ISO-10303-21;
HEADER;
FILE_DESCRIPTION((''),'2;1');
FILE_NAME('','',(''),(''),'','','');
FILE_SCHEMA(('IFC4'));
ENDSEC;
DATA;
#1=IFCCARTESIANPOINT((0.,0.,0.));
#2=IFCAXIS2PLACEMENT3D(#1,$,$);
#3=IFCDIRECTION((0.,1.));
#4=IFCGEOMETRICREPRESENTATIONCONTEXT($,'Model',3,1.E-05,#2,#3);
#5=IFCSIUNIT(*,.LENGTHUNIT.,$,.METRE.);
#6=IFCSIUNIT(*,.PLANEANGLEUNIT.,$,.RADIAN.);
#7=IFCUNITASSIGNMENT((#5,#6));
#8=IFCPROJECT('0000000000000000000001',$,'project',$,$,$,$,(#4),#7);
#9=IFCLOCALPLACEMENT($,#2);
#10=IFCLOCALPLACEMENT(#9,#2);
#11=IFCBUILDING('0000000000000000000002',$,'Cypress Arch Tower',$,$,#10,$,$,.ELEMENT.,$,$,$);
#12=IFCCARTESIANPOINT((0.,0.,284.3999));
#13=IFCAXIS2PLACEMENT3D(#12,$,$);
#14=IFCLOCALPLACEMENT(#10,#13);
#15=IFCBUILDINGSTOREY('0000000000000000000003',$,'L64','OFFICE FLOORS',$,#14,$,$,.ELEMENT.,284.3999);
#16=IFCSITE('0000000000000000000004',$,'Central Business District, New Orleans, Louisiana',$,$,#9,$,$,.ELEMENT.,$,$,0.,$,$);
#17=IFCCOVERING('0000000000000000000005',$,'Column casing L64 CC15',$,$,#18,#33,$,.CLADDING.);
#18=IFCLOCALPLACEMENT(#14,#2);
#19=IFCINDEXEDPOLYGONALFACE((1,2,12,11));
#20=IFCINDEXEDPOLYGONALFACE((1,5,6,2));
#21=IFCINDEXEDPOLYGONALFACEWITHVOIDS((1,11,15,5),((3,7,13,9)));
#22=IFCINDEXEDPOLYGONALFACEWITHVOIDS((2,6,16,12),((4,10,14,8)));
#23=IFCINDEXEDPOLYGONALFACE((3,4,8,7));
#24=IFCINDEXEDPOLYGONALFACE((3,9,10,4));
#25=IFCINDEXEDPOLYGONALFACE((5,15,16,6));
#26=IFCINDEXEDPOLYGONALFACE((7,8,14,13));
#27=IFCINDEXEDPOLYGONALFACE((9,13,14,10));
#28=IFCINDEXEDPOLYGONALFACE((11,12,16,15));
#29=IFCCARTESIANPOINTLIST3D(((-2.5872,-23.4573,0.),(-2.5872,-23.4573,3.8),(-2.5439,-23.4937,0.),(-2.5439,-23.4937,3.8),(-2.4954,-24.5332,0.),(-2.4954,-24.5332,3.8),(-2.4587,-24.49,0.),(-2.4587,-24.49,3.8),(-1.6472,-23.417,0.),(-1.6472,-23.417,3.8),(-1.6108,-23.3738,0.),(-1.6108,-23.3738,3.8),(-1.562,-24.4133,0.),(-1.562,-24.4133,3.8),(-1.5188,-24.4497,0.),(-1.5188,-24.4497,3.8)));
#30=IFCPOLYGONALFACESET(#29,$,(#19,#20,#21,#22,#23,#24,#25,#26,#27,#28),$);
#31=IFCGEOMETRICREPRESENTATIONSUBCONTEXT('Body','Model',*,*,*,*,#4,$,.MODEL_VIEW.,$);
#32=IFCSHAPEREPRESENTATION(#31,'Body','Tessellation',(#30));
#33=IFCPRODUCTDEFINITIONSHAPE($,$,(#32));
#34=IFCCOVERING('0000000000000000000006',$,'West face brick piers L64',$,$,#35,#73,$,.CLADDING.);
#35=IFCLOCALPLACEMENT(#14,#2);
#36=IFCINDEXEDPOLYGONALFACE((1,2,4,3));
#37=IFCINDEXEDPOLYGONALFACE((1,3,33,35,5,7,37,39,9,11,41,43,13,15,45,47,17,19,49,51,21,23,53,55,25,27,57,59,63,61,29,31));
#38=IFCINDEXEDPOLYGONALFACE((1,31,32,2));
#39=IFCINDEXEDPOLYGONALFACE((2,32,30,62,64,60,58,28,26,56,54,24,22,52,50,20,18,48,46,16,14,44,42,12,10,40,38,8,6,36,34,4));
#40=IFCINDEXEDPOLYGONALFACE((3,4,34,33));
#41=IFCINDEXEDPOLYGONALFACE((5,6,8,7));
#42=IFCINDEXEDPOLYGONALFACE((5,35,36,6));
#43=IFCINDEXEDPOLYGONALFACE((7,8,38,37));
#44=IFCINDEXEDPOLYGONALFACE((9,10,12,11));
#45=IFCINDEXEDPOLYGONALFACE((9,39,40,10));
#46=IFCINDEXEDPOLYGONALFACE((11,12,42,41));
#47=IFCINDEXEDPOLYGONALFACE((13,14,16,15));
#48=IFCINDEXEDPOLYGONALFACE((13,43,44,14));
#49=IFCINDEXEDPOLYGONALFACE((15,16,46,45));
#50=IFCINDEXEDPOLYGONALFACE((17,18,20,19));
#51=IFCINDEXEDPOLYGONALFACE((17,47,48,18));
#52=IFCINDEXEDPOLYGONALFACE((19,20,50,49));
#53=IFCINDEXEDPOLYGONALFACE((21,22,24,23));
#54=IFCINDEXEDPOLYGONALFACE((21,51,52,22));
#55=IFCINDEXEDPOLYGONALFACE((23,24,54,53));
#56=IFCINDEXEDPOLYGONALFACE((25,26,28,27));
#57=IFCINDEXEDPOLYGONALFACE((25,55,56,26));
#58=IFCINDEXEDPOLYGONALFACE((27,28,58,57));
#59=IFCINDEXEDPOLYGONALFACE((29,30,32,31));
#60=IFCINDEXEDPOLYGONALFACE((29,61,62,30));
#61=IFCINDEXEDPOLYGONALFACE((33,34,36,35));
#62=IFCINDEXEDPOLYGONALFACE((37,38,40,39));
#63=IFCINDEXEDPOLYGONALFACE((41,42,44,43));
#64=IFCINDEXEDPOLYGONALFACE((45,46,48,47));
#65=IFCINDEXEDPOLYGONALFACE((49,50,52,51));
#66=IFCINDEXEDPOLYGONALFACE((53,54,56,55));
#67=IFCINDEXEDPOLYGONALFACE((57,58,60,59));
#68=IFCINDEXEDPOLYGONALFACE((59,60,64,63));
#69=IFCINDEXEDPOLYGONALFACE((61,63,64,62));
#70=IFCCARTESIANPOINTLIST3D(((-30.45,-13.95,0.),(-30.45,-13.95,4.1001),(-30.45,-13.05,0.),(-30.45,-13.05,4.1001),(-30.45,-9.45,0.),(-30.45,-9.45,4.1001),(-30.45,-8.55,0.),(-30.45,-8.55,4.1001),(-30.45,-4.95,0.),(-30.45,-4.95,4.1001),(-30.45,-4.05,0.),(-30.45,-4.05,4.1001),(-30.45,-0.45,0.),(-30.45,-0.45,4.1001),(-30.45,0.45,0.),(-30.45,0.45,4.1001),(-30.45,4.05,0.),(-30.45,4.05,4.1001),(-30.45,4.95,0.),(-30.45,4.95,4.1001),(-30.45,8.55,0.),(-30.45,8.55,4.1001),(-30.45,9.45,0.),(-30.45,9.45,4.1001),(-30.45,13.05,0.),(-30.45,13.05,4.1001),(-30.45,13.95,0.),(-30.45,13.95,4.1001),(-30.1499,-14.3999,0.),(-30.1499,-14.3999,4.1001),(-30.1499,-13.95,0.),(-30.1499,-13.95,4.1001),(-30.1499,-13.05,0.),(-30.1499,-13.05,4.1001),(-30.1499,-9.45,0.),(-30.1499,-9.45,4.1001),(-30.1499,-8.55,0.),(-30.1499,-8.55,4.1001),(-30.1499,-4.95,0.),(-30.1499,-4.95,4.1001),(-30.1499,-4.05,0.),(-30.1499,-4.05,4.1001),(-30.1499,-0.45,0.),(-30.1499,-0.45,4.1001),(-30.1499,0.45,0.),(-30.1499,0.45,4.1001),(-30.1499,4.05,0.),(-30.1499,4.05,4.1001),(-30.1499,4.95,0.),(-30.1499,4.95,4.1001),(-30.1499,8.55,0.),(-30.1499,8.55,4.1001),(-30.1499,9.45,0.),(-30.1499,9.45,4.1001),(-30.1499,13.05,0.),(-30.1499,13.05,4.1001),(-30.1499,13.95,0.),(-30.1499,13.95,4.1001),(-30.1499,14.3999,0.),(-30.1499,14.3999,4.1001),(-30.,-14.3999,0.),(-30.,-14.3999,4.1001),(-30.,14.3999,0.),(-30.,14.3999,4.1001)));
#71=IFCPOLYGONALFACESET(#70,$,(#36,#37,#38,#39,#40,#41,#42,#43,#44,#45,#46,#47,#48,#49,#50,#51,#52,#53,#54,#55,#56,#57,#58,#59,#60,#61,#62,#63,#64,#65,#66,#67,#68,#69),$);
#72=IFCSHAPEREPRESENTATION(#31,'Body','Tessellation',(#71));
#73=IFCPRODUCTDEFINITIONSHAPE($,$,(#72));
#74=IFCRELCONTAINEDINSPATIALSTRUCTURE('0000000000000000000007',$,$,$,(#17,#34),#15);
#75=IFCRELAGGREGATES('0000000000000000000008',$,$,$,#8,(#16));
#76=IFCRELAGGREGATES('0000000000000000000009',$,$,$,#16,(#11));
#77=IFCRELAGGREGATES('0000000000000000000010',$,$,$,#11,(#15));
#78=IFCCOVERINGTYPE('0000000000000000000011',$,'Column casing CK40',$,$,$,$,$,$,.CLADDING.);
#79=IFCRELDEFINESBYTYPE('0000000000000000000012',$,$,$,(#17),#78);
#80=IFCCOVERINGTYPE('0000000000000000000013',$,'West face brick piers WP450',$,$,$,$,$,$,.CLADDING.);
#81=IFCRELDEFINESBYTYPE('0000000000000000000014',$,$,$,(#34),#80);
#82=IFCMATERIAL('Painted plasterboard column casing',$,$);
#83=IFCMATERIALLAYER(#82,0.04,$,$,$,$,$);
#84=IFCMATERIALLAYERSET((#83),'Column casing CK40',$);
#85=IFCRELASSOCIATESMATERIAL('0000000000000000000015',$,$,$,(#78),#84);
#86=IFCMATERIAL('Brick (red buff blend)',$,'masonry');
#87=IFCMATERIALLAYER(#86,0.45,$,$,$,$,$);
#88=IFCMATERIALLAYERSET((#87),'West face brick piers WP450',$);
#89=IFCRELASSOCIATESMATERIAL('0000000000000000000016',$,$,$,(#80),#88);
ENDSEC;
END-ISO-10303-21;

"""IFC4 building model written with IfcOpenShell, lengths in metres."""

from ifc_helpers import new_model, si_unit, direction, frame, origin, place, context, subcontext, project, spatial, polyline, outline, extrude, material, layer, layer_set, type_object, element, save


model = new_model("IFC4")

# Units and contexts
model_context = context("Model", 3, precision=1e-05, world=origin(), true_north=direction((0.0, 1.0)))
body_context = subcontext(model_context, "Body", "Model", "MODEL_VIEW")
ifc_project = project(units=[si_unit("LENGTHUNIT", "METRE"), si_unit("PLANEANGLEUNIT", "RADIAN")], contexts=[model_context])

# Site, building, storey
site_placement = place(None, origin())
site = spatial("IfcSite", under=ifc_project, at=site_placement, Name="Central Business District, New Orleans, Louisiana", CompositionType="ELEMENT", RefElevation=0.0)
building_placement = place(site_placement, origin())
building = spatial("IfcBuilding", under=site, at=building_placement, Name="Cypress Arch Tower", CompositionType="ELEMENT")
storey_placement = place(building_placement, frame((0.0, 0.0, 284.3999)))
storey = spatial("IfcBuildingStorey", under=building, at=storey_placement, Name="L64", Description="OFFICE FLOORS", CompositionType="ELEMENT", Elevation=284.3999)

# Coverings
ifc_material_1 = material(Name="Painted plasterboard column casing")
ifc_layer_1 = layer(ifc_material_1, 0.04)
ifc_layer_set_1 = layer_set([ifc_layer_1], Name="Column casing CK40")
covering_type_1 = type_object("IfcCoveringType", Name="Column casing CK40", PredefinedType="CLADDING", material=ifc_layer_set_1)
covering_1_placement = place(storey_placement, origin())
element("IfcCovering", 1, at=covering_1_placement, inside=storey, type_object=covering_type_1, Name="Column casing L64 CC15", PredefinedType="CLADDING", context=body_context, shape_type="SweptSolid", body=[
    extrude(outline(polyline([(-2.4954, -24.5332), (-2.5872, -23.4573), (-1.6108, -23.3738), (-1.5188, -24.4497), (-2.4954, -24.5332)]), holes=[polyline([(-2.4587, -24.49), (-1.562, -24.4133), (-1.6472, -23.417), (-2.5439, -23.4937), (-2.4587, -24.49)])]), origin(), (0.0, 0.0, 1.0), 3.8),
])
ifc_material_2 = material(Name="Brick (red buff blend)", Category="masonry")
ifc_layer_2 = layer(ifc_material_2, 0.45)
ifc_layer_set_2 = layer_set([ifc_layer_2], Name="West face brick piers WP450")
covering_type_2 = type_object("IfcCoveringType", Name="West face brick piers WP450", PredefinedType="CLADDING", material=ifc_layer_set_2)
covering_2_placement = place(storey_placement, origin())
element("IfcCovering", 2, at=covering_2_placement, inside=storey, type_object=covering_type_2, Name="West face brick piers L64", PredefinedType="CLADDING", context=body_context, shape_type="SweptSolid", body=[
    extrude(outline(polyline([(-30.1499, -13.05), (-30.1499, -9.45), (-30.45, -9.45), (-30.45, -8.55), (-30.1499, -8.55), (-30.1499, -4.95), (-30.45, -4.95), (-30.45, -4.05), (-30.1499, -4.05), (-30.1499, -0.45), (-30.45, -0.45), (-30.45, 0.45), (-30.1499, 0.45), (-30.1499, 4.05), (-30.45, 4.05), (-30.45, 4.95), (-30.1499, 4.95), (-30.1499, 8.55), (-30.45, 8.55), (-30.45, 9.45), (-30.1499, 9.45), (-30.1499, 13.05), (-30.45, 13.05), (-30.45, 13.95), (-30.1499, 13.95), (-30.1499, 14.3999), (-30.0, 14.3999), (-30.0, -14.3999), (-30.1499, -14.3999), (-30.1499, -13.95), (-30.45, -13.95), (-30.45, -13.05), (-30.1499, -13.05)])), origin(), (0.0, 0.0, 1.0), 4.1001),
])

save(model, "model.ifc")
